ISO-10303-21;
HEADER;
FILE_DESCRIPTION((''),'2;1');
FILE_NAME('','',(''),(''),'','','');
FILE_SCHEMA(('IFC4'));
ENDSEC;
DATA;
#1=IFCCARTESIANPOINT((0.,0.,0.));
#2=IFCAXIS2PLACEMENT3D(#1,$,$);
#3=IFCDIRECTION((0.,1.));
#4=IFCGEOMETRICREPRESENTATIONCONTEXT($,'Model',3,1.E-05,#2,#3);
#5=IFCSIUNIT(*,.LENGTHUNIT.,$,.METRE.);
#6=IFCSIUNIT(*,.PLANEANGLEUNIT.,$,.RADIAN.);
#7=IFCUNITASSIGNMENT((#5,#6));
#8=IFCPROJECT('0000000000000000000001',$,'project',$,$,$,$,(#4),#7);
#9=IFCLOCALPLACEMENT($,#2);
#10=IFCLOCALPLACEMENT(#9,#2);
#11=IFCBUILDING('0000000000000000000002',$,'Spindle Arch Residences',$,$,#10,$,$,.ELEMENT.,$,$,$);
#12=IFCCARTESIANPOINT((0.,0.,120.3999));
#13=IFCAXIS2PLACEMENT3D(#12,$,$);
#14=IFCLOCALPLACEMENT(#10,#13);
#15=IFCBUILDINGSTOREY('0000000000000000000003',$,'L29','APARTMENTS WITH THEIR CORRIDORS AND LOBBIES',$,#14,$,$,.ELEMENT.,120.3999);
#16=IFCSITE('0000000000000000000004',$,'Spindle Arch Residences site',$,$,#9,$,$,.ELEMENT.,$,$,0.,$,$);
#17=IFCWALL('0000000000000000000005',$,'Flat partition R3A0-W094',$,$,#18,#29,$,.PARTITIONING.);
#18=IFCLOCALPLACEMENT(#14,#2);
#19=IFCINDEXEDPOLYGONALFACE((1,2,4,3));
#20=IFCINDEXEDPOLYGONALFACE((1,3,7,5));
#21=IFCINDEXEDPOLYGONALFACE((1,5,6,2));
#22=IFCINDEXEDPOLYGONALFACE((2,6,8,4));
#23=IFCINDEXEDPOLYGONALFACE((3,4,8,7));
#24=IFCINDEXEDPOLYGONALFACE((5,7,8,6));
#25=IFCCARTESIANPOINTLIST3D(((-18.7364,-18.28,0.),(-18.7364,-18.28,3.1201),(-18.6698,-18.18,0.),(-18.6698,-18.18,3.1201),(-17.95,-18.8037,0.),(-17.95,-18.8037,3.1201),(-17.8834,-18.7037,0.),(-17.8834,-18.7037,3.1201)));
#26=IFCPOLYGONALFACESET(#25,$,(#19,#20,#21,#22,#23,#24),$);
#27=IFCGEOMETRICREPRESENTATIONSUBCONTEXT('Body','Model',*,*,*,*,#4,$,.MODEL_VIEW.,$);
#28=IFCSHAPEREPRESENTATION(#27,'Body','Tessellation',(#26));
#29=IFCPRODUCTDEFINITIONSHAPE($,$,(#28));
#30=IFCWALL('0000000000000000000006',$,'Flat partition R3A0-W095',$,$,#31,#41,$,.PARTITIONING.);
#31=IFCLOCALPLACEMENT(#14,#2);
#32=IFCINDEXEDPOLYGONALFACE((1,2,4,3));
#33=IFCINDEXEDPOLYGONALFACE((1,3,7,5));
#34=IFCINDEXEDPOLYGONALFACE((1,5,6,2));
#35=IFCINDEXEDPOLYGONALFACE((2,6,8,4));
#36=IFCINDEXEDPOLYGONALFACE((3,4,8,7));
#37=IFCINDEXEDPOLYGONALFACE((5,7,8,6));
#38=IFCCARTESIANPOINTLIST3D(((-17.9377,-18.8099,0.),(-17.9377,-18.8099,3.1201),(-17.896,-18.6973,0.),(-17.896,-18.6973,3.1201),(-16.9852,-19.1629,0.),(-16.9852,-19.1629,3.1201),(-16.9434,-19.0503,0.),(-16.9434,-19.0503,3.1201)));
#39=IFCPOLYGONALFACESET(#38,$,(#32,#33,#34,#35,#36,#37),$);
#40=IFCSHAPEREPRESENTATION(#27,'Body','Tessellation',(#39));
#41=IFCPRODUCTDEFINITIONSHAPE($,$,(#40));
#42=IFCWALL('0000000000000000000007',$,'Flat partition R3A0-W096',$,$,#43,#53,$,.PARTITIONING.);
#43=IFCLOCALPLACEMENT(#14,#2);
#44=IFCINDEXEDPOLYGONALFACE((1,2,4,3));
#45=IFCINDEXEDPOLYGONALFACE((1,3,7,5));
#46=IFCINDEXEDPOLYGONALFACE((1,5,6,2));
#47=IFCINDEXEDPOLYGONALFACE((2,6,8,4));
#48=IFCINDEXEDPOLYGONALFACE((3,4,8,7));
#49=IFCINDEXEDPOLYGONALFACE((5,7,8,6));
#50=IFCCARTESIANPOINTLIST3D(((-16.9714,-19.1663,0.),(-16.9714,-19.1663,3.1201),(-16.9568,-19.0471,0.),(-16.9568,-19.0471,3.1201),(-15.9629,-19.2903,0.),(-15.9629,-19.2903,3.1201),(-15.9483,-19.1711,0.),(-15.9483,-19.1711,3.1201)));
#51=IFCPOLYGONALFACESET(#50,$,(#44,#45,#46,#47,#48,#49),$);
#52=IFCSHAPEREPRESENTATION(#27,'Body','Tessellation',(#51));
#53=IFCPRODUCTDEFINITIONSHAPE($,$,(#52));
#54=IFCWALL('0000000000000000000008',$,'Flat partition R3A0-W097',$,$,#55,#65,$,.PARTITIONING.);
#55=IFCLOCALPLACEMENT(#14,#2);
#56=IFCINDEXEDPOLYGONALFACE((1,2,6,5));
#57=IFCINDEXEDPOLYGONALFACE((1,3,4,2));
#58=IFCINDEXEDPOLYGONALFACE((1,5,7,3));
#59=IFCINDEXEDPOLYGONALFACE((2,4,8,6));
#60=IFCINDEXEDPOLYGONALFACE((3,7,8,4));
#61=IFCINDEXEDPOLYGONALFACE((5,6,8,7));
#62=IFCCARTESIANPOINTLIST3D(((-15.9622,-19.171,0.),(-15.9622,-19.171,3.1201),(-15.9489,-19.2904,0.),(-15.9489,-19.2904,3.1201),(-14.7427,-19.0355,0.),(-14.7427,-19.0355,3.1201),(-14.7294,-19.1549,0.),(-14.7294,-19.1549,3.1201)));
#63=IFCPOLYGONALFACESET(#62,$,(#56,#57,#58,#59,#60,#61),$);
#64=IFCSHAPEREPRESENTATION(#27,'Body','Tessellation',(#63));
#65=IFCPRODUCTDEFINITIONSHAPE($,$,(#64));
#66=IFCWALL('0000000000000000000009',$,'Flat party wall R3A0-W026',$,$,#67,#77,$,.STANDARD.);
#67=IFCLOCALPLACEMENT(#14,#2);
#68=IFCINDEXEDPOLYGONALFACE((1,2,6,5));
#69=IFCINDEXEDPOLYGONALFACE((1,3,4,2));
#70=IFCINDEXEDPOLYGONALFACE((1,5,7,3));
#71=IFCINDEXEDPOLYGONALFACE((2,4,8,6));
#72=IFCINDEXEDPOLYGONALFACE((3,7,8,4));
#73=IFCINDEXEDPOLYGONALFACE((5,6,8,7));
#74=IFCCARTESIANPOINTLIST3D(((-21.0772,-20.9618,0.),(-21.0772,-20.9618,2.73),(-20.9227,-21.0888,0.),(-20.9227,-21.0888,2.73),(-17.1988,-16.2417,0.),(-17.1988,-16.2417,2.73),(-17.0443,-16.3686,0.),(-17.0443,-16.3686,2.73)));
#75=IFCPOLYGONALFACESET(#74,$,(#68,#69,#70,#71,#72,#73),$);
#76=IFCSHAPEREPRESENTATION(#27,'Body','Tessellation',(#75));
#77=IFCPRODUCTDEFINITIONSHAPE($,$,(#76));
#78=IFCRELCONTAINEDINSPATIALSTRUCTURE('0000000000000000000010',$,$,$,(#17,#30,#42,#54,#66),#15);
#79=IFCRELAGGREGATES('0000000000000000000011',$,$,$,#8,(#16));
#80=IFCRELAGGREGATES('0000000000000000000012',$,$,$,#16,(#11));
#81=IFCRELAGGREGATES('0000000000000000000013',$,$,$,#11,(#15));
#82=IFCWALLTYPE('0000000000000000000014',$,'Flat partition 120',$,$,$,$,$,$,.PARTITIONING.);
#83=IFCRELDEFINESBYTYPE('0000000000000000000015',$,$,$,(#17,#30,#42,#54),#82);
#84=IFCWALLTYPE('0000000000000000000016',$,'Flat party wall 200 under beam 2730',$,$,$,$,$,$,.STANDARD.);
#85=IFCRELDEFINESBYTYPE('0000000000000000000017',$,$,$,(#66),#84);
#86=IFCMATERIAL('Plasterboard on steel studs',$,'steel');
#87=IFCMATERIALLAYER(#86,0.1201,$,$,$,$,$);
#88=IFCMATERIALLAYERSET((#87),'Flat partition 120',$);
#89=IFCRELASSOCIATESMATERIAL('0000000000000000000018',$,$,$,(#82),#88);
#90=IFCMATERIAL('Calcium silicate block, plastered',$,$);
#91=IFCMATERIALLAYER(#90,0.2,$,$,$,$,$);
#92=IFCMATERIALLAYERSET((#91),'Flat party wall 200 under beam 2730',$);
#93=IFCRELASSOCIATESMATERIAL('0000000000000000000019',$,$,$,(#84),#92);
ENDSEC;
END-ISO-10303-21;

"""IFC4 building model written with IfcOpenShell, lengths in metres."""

from ifc_helpers import new_model, si_unit, direction, frame, frame_2d, origin, place, context, subcontext, project, spatial, rectangle, extrude, material, layer, layer_set, type_object, element, save


model = new_model("IFC4")

# Units and contexts
model_context = context("Model", 3, precision=1e-05, world=origin(), true_north=direction((0.0, 1.0)))
body_context = subcontext(model_context, "Body", "Model", "MODEL_VIEW")
ifc_project = project(units=[si_unit("LENGTHUNIT", "METRE"), si_unit("PLANEANGLEUNIT", "RADIAN")], contexts=[model_context])

# Site, building, storey
site_placement = place(None, origin())
site = spatial("IfcSite", under=ifc_project, at=site_placement, Name="Spindle Arch Residences site", CompositionType="ELEMENT", RefElevation=0.0)
building_placement = place(site_placement, origin())
building = spatial("IfcBuilding", under=site, at=building_placement, Name="Spindle Arch Residences", CompositionType="ELEMENT")
storey_placement = place(building_placement, frame((0.0, 0.0, 120.3999)))
storey = spatial("IfcBuildingStorey", under=building, at=storey_placement, Name="L29", Description="APARTMENTS WITH THEIR CORRIDORS AND LOBBIES", CompositionType="ELEMENT", Elevation=120.3999)

# Walls
ifc_material_1 = material(Name="Plasterboard on steel studs", Category="steel")
ifc_layer_1 = layer(ifc_material_1, 0.1201)
ifc_layer_set_1 = layer_set([ifc_layer_1], Name="Flat partition 120")
wall_type_1 = type_object("IfcWallType", Name="Flat partition 120", PredefinedType="PARTITIONING", material=ifc_layer_set_1)
wall_1_placement = place(storey_placement, frame((-18.7031, -18.23, 0.0), z_axis=(0.0, 0.0, 1.0), x_axis=(0.832328, -0.554283, 0.0)))
element("IfcWall", 1, at=wall_1_placement, inside=storey, type_object=wall_type_1, Name="Flat partition R3A0-W094", PredefinedType="PARTITIONING", context=body_context, shape_type="SweptSolid", body=[
    extrude(rectangle(XDim=0.9448, YDim=0.1201, at=frame_2d((0.4724, 0.0))), origin(), (0.0, 0.0, 1.0), 3.1201),
])
wall_2_placement = place(storey_placement, frame((-17.9167, -18.7537, 0.0), z_axis=(0.0, 0.0, 1.0), x_axis=(0.937685, -0.347487, 0.0)))
element("IfcWall", 2, at=wall_2_placement, inside=storey, type_object=wall_type_1, Name="Flat partition R3A0-W095", PredefinedType="PARTITIONING", context=body_context, shape_type="SweptSolid", body=[
    extrude(rectangle(XDim=1.0159, YDim=0.1201, at=frame_2d((0.5078, 0.0))), origin(), (0.0, 0.0, 1.0), 3.1201),
])
wall_3_placement = place(storey_placement, frame((-16.9641, -19.1067, 0.0), z_axis=(0.0, 0.0, 1.0), x_axis=(0.992524, -0.122053, 0.0)))
element("IfcWall", 3, at=wall_3_placement, inside=storey, type_object=wall_type_1, Name="Flat partition R3A0-W096", PredefinedType="PARTITIONING", context=body_context, shape_type="SweptSolid", body=[
    extrude(rectangle(XDim=1.0161, YDim=0.1201, at=frame_2d((0.5081, 0.0))), origin(), (0.0, 0.0, 1.0), 3.1201),
])
wall_4_placement = place(storey_placement, frame((-15.9556, -19.2307, 0.0), z_axis=(0.0, 0.0, 1.0), x_axis=(0.993884, 0.110432, 0.0)))
element("IfcWall", 4, at=wall_4_placement, inside=storey, type_object=wall_type_1, Name="Flat partition R3A0-W097", PredefinedType="PARTITIONING", context=body_context, shape_type="SweptSolid", body=[
    extrude(rectangle(XDim=1.2271, YDim=0.1201, at=frame_2d((0.6135, 0.0))), origin(), (0.0, 0.0, 1.0), 3.1201),
])
ifc_material_2 = material(Name="Calcium silicate block, plastered")
ifc_layer_2 = layer(ifc_material_2, 0.2)
ifc_layer_set_2 = layer_set([ifc_layer_2], Name="Flat party wall 200 under beam 2730")
wall_type_2 = type_object("IfcWallType", Name="Flat party wall 200 under beam 2730", PredefinedType="STANDARD", material=ifc_layer_set_2)
wall_5_placement = place(storey_placement, frame((-21.0, -21.0254, 0.0), z_axis=(0.0, 0.0, 1.0), x_axis=(0.634847, 0.772638, 0.0)))
element("IfcWall", 5, at=wall_5_placement, inside=storey, type_object=wall_type_2, Name="Flat party wall R3A0-W026", PredefinedType="STANDARD", context=body_context, shape_type="SweptSolid", body=[
    extrude(rectangle(XDim=6.1091, YDim=0.2, at=frame_2d((3.0547, 0.0))), origin(), (0.0, 0.0, 1.0), 2.73),
])

save(model, "model.ifc")
